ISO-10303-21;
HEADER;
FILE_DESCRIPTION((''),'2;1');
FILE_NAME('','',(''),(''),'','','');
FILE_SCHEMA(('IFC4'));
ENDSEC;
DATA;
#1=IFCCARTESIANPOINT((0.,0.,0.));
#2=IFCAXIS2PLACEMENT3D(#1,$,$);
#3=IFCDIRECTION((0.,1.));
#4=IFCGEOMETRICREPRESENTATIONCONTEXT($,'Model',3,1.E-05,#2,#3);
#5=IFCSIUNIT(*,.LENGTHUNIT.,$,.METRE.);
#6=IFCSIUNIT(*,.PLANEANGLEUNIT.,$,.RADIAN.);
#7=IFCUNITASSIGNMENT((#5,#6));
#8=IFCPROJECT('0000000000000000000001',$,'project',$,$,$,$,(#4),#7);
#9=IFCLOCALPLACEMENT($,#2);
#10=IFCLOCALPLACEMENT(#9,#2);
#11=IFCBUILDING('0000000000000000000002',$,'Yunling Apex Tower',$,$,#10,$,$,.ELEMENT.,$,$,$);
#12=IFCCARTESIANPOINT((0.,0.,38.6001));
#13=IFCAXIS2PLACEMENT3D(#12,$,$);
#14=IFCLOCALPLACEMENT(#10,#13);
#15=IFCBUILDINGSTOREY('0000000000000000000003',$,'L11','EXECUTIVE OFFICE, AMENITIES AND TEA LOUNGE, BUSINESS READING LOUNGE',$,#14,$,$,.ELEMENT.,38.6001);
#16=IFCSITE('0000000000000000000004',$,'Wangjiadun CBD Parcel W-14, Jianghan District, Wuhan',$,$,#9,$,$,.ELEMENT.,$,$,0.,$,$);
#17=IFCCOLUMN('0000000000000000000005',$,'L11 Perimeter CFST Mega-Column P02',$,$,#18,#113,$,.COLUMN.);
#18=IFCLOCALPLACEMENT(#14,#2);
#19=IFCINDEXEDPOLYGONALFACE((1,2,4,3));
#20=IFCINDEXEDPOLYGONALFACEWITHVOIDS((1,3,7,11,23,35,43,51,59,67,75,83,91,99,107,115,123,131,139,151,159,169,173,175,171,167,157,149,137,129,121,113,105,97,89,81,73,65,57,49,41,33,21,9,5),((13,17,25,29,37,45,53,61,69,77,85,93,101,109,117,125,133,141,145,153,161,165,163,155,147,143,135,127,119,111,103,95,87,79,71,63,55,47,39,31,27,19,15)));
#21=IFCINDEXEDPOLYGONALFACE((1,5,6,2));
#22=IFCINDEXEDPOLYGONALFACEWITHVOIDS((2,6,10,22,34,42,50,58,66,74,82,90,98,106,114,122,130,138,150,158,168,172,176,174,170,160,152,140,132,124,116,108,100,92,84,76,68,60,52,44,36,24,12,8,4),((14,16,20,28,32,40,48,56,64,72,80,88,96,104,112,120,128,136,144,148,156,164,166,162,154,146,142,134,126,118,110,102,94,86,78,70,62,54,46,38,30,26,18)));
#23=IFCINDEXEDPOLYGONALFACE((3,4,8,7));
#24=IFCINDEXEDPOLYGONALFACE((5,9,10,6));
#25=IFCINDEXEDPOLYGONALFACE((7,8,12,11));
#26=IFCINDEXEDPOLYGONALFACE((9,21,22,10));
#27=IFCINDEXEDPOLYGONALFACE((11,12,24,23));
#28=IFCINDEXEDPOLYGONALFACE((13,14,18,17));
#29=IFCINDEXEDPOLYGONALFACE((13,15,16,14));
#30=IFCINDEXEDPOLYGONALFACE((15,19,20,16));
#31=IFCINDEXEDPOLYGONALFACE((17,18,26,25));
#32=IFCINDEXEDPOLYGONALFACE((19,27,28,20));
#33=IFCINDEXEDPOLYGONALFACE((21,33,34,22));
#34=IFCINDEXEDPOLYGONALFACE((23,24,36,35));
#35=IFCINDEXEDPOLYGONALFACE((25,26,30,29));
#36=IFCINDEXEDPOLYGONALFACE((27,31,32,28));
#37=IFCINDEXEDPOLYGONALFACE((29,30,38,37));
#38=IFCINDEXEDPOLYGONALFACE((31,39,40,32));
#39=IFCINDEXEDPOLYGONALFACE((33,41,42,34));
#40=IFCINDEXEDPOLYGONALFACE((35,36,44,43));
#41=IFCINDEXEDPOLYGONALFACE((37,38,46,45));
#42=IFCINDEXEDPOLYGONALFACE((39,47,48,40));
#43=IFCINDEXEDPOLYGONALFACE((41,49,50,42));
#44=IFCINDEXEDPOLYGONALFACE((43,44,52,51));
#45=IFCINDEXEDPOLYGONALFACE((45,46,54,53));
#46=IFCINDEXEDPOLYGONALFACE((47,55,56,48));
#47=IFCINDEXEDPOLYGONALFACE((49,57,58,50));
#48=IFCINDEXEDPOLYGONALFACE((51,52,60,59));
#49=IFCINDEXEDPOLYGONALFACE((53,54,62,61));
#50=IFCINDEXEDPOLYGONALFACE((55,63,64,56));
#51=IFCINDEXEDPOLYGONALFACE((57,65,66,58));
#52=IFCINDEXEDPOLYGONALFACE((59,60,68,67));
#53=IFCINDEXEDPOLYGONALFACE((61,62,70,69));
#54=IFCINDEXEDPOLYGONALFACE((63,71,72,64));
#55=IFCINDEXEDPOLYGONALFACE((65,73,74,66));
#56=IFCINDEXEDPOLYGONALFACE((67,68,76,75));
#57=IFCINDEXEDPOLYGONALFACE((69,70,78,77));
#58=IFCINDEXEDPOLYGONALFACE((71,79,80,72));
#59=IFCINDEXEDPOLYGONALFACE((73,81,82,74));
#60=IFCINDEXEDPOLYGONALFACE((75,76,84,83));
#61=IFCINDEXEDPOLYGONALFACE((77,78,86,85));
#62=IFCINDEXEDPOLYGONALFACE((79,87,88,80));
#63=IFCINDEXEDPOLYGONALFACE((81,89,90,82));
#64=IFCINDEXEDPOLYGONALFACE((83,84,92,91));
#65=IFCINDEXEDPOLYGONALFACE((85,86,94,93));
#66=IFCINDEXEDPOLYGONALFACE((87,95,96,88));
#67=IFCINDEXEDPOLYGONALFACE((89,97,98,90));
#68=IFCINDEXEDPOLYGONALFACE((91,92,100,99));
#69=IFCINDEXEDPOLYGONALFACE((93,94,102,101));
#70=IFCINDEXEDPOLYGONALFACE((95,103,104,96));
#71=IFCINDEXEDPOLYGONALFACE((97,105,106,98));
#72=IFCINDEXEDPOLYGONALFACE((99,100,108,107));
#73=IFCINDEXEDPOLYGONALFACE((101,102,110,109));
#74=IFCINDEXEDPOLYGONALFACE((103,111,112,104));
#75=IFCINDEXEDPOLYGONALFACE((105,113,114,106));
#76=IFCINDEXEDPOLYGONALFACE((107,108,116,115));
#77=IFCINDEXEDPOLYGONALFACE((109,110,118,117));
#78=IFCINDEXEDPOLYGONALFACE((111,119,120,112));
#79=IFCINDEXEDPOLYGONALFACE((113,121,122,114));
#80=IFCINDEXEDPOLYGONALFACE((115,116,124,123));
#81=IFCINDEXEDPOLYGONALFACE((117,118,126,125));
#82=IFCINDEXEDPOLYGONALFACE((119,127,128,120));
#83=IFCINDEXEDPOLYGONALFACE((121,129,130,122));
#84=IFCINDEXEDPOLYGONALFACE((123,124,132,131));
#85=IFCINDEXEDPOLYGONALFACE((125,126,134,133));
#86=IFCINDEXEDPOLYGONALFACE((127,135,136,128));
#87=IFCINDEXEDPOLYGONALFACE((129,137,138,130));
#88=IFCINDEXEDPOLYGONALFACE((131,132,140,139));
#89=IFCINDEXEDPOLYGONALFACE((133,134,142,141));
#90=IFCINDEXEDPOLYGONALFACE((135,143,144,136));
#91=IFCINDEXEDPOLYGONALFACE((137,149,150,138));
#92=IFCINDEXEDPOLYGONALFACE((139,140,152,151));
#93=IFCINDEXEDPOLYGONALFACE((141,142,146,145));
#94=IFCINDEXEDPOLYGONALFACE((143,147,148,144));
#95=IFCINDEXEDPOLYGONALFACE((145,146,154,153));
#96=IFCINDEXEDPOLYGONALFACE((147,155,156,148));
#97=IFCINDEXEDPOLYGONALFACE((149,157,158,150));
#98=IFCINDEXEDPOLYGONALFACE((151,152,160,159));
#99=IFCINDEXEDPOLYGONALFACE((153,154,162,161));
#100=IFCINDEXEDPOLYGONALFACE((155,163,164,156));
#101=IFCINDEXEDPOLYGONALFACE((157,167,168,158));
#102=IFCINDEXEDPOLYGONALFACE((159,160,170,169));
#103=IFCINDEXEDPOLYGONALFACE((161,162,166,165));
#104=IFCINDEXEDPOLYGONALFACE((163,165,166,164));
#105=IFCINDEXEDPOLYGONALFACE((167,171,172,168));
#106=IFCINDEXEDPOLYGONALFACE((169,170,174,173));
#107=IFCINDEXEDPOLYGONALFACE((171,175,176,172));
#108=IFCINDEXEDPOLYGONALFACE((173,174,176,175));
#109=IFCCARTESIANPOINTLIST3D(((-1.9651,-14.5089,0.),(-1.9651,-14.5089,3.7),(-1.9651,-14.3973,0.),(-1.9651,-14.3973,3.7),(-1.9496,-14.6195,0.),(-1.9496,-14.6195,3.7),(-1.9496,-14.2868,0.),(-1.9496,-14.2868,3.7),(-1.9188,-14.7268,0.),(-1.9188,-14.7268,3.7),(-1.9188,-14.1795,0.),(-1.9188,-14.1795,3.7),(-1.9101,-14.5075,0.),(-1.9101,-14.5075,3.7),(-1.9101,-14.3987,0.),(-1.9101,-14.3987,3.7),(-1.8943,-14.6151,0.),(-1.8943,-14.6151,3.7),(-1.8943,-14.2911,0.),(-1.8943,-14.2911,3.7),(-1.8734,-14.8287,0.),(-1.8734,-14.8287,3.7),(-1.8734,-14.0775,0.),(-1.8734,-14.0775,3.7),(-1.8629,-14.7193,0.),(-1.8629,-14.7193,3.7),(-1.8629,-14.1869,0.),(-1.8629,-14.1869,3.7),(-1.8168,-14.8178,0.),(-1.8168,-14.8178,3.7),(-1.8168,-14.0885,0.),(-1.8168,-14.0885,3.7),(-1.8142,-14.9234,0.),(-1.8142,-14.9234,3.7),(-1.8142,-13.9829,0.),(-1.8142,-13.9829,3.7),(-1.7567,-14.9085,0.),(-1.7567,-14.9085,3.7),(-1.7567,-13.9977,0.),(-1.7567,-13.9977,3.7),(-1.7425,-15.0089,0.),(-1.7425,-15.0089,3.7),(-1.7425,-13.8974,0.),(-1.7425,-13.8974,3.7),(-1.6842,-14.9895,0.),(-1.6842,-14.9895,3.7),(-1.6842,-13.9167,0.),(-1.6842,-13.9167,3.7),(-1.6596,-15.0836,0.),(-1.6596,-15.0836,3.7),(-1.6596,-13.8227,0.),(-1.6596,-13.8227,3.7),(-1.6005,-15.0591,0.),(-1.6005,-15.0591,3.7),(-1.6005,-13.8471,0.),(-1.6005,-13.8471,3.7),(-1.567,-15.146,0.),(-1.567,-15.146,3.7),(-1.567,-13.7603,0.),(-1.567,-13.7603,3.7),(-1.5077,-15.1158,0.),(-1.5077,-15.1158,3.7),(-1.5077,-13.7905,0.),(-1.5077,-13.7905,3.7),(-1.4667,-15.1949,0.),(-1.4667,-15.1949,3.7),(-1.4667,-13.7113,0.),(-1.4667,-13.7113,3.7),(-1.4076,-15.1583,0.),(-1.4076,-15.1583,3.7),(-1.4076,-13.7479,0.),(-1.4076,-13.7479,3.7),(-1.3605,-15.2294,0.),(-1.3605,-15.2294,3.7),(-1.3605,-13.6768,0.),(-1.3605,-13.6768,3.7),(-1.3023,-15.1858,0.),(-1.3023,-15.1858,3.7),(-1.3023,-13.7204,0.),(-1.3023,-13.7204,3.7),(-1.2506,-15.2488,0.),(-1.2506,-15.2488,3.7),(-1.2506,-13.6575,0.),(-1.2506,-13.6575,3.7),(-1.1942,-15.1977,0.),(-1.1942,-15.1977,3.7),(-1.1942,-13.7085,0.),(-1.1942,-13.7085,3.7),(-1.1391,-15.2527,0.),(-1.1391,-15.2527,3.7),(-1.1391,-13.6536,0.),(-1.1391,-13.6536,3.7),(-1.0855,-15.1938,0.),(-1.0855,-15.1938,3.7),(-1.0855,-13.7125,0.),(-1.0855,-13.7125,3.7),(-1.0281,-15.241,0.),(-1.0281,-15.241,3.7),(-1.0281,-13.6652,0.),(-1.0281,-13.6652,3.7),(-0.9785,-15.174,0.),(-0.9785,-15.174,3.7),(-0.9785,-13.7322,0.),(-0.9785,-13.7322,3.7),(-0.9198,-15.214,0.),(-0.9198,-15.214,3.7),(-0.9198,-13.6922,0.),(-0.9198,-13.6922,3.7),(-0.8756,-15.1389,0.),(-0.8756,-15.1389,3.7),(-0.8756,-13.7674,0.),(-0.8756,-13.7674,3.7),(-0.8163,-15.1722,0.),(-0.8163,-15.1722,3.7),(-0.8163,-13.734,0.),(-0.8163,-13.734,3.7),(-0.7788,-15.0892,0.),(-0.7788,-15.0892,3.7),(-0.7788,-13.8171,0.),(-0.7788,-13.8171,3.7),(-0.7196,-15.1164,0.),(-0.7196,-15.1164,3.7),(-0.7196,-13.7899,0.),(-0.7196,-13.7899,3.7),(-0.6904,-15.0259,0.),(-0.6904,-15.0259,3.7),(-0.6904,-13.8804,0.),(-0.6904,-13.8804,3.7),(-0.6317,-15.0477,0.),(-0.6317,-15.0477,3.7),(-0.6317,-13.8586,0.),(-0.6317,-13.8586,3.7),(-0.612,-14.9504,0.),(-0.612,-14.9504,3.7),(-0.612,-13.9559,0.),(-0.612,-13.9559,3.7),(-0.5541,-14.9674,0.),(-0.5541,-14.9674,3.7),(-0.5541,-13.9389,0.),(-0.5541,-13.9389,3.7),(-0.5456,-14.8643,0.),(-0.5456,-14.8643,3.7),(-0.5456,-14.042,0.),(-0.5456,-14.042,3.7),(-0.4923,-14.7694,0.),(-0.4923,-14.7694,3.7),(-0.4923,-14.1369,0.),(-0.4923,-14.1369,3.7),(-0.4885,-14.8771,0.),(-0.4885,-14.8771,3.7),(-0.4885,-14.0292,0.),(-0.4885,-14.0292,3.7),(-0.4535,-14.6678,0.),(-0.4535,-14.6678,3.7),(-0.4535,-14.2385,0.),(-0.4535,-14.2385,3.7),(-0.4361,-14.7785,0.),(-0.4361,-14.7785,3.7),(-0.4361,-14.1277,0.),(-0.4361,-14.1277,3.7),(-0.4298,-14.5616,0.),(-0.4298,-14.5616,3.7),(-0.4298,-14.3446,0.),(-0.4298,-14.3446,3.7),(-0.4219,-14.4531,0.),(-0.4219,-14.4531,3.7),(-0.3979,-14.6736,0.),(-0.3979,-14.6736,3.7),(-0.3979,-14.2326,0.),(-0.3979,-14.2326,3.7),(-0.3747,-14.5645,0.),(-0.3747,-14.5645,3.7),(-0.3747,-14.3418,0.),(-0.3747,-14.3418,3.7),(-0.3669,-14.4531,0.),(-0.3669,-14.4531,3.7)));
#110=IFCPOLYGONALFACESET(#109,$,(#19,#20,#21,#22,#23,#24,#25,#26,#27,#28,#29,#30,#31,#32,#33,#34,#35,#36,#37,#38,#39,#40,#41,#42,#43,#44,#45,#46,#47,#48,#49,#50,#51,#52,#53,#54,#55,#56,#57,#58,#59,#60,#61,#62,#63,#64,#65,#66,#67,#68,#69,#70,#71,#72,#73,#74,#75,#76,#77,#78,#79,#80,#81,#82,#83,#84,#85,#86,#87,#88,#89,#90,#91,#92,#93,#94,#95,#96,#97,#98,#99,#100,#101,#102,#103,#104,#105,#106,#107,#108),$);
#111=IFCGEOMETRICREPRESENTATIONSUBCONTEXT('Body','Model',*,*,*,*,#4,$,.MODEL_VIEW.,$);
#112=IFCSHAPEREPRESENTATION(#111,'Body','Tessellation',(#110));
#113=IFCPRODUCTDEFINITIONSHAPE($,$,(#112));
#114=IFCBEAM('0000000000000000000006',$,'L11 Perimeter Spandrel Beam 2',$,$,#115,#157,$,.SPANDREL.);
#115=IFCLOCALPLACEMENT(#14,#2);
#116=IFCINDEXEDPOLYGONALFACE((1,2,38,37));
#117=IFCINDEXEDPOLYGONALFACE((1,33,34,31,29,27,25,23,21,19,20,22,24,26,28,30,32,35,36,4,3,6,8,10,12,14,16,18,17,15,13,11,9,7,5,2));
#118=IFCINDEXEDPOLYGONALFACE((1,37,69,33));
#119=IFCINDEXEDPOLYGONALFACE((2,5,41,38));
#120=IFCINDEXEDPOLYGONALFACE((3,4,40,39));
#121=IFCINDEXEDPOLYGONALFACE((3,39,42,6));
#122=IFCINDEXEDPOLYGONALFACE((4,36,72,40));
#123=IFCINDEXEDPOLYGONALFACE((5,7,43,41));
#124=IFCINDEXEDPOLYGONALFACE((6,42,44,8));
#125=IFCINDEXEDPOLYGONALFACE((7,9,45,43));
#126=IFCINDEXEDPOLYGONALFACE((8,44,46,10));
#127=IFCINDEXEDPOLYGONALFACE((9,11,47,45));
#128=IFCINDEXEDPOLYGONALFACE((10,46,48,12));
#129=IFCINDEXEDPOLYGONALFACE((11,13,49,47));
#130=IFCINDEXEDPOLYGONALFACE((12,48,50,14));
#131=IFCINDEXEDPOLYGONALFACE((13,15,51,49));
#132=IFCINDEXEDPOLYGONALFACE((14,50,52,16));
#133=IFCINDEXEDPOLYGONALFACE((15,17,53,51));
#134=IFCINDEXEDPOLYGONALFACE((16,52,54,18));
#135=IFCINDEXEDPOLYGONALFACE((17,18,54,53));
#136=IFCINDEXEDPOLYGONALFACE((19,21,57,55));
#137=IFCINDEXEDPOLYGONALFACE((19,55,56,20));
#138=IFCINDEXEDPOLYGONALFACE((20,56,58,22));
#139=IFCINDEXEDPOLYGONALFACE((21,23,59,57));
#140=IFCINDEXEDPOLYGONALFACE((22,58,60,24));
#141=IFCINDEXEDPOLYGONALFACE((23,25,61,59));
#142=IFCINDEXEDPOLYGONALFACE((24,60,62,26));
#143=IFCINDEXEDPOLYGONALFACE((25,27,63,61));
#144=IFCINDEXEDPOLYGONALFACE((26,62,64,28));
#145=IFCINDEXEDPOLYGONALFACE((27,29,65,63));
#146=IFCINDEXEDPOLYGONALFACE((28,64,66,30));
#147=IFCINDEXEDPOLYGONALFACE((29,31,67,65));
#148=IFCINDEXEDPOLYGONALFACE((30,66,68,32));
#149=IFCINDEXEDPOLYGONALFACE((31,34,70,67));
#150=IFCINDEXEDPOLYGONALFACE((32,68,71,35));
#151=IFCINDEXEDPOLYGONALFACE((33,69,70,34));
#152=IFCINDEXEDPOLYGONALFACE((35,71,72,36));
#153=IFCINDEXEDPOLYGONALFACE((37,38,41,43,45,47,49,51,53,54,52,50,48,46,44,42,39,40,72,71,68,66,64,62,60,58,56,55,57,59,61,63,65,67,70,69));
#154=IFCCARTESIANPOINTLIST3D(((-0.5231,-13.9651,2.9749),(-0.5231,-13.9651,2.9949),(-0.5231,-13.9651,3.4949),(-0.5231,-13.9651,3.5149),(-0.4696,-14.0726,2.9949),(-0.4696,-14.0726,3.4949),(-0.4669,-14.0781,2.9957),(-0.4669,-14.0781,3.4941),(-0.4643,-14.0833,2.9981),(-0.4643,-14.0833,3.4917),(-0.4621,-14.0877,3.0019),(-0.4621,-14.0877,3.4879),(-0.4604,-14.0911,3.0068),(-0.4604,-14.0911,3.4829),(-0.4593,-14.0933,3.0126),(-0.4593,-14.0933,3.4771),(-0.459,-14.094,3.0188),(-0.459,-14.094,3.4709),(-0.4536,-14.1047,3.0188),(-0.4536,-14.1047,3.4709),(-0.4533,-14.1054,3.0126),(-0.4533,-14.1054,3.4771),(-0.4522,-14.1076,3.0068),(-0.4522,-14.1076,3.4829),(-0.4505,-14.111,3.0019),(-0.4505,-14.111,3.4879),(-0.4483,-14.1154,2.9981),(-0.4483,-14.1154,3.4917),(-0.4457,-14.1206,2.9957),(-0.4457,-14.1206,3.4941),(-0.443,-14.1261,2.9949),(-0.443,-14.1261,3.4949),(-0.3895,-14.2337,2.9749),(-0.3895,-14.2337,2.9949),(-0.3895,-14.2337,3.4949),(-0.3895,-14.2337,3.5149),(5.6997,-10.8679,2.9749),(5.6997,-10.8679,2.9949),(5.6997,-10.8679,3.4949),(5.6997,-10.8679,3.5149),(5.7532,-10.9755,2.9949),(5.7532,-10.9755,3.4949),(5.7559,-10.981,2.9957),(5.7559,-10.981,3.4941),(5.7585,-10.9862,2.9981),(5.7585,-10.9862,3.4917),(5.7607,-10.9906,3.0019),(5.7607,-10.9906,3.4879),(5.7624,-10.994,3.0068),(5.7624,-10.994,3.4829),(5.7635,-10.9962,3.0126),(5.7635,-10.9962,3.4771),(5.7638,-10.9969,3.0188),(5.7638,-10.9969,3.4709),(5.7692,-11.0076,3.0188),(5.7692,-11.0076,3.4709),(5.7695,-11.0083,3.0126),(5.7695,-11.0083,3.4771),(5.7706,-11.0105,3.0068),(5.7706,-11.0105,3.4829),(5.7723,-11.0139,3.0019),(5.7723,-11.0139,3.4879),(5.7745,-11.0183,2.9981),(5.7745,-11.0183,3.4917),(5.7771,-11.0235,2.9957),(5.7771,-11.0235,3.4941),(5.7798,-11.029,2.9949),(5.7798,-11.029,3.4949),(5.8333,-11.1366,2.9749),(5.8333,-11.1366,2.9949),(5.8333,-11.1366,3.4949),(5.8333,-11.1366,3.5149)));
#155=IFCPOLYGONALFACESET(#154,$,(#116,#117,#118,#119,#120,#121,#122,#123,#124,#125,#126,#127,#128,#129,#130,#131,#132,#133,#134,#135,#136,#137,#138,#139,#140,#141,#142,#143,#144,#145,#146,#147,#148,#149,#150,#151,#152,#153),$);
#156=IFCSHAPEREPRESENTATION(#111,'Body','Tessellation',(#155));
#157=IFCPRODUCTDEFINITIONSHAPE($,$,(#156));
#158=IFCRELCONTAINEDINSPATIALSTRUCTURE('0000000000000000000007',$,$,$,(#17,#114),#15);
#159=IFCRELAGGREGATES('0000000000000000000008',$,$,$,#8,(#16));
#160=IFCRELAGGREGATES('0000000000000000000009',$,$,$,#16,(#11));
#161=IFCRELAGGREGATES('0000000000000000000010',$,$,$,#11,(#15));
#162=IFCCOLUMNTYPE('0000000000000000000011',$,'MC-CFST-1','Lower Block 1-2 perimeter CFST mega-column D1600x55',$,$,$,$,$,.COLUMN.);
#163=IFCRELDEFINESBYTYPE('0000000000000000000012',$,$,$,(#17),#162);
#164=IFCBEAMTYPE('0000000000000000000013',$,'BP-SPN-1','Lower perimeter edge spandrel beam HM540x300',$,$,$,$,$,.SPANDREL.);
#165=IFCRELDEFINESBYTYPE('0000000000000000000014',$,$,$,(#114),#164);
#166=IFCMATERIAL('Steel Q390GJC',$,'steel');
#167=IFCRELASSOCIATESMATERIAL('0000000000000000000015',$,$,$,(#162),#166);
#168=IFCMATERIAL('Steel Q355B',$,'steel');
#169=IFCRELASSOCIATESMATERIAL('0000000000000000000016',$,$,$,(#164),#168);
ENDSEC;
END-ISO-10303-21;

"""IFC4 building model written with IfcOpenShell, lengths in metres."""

from ifc_helpers import new_model, si_unit, direction, frame, origin, origin_2d, place, context, subcontext, project, spatial, hollow_circle, i_section, extrude, source, transform, mapped, material, material_profile, profile_set, type_object, element, save


model = new_model("IFC4")

# Units and contexts
model_context = context("Model", 3, precision=1e-05, world=origin(), true_north=direction((0.0, 1.0)))
body_context = subcontext(model_context, "Body", "Model", "MODEL_VIEW")
ifc_project = project(units=[si_unit("LENGTHUNIT", "METRE"), si_unit("PLANEANGLEUNIT", "RADIAN")], contexts=[model_context])

# Site, building, storey
site_placement = place(None, origin())
site = spatial("IfcSite", under=ifc_project, at=site_placement, Name="Wangjiadun CBD Parcel W-14, Jianghan District, Wuhan", CompositionType="ELEMENT", RefElevation=0.0)
building_placement = place(site_placement, origin())
building = spatial("IfcBuilding", under=site, at=building_placement, Name="Yunling Apex Tower", CompositionType="ELEMENT")
storey_placement = place(building_placement, frame((0.0, 0.0, 38.6001)))
storey = spatial("IfcBuildingStorey", under=building, at=storey_placement, Name="L11", Description="EXECUTIVE OFFICE, AMENITIES AND TEA LOUNGE, BUSINESS READING LOUNGE", CompositionType="ELEMENT", Elevation=38.6001)

# Column
ifc_material_1 = material(Name="Steel Q390GJC", Category="steel")
ifc_material_profile_1 = material_profile(ifc_material_1, hollow_circle(Radius=0.8, WallThickness=0.0549, at=origin_2d()))
ifc_profile_set_1 = profile_set([ifc_material_profile_1], Name="Steel Q390GJC")
column_type = type_object("IfcColumnType", Name="MC-CFST-1", Description="Lower Block 1-2 perimeter CFST mega-column D1600x55", PredefinedType="COLUMN", material=ifc_profile_set_1)
shared_shape_1 = source(origin(), body_context, "Body", "SweptSolid", [
    extrude(hollow_circle(Radius=0.8, WallThickness=0.0549, at=origin_2d()), origin(), (0.0, 0.0, 1.0), 3.7),
])
column_placement = place(storey_placement, frame((-1.167, -14.4531, 0.0), z_axis=(0.0, 0.0, 1.0), x_axis=(1.0, 0.0, 0.0)))
element("IfcColumn", 1, at=column_placement, inside=storey, type_object=column_type, Name="L11 Perimeter CFST Mega-Column P02", PredefinedType="COLUMN", context=body_context, shape_type="MappedRepresentation", body=[
    mapped(shared_shape_1, transform((0.0, 0.0, 0.0), scale=1.0)),
])

# Beam
ifc_material_2 = material(Name="Steel Q355B", Category="steel")
ifc_material_profile_2 = material_profile(ifc_material_2, i_section(OverallWidth=0.3, OverallDepth=0.54, WebThickness=0.012, FlangeThickness=0.02, FilletRadius=0.0239, at=origin_2d()))
ifc_profile_set_2 = profile_set([ifc_material_profile_2], Name="Steel Q355B")
beam_type_1 = type_object("IfcBeamType", Name="BP-SPN-1", Description="Lower perimeter edge spandrel beam HM540x300", PredefinedType="SPANDREL", material=ifc_profile_set_2)
shared_shape_2 = source(origin(), body_context, "Body", "SweptSolid", [
    extrude(i_section(OverallWidth=0.3, OverallDepth=0.54, WebThickness=0.012, FlangeThickness=0.02, FilletRadius=0.0239, at=origin_2d()), origin(), (0.0, 0.0, 1.0), 6.9509),
])
beam_1_placement = place(storey_placement, frame((-0.4563, -14.0994, 3.2449), z_axis=(0.895248, 0.445569, 0.0), x_axis=(-0.445569, 0.895248, 0.0)))
element("IfcBeam", 2, at=beam_1_placement, inside=storey, type_object=beam_type_1, Name="L11 Perimeter Spandrel Beam 2", PredefinedType="SPANDREL", context=body_context, shape_type="MappedRepresentation", body=[
    mapped(shared_shape_2, transform((0.0, 0.0, 0.0), scale=1.0)),
])

save(model, "model.ifc")
